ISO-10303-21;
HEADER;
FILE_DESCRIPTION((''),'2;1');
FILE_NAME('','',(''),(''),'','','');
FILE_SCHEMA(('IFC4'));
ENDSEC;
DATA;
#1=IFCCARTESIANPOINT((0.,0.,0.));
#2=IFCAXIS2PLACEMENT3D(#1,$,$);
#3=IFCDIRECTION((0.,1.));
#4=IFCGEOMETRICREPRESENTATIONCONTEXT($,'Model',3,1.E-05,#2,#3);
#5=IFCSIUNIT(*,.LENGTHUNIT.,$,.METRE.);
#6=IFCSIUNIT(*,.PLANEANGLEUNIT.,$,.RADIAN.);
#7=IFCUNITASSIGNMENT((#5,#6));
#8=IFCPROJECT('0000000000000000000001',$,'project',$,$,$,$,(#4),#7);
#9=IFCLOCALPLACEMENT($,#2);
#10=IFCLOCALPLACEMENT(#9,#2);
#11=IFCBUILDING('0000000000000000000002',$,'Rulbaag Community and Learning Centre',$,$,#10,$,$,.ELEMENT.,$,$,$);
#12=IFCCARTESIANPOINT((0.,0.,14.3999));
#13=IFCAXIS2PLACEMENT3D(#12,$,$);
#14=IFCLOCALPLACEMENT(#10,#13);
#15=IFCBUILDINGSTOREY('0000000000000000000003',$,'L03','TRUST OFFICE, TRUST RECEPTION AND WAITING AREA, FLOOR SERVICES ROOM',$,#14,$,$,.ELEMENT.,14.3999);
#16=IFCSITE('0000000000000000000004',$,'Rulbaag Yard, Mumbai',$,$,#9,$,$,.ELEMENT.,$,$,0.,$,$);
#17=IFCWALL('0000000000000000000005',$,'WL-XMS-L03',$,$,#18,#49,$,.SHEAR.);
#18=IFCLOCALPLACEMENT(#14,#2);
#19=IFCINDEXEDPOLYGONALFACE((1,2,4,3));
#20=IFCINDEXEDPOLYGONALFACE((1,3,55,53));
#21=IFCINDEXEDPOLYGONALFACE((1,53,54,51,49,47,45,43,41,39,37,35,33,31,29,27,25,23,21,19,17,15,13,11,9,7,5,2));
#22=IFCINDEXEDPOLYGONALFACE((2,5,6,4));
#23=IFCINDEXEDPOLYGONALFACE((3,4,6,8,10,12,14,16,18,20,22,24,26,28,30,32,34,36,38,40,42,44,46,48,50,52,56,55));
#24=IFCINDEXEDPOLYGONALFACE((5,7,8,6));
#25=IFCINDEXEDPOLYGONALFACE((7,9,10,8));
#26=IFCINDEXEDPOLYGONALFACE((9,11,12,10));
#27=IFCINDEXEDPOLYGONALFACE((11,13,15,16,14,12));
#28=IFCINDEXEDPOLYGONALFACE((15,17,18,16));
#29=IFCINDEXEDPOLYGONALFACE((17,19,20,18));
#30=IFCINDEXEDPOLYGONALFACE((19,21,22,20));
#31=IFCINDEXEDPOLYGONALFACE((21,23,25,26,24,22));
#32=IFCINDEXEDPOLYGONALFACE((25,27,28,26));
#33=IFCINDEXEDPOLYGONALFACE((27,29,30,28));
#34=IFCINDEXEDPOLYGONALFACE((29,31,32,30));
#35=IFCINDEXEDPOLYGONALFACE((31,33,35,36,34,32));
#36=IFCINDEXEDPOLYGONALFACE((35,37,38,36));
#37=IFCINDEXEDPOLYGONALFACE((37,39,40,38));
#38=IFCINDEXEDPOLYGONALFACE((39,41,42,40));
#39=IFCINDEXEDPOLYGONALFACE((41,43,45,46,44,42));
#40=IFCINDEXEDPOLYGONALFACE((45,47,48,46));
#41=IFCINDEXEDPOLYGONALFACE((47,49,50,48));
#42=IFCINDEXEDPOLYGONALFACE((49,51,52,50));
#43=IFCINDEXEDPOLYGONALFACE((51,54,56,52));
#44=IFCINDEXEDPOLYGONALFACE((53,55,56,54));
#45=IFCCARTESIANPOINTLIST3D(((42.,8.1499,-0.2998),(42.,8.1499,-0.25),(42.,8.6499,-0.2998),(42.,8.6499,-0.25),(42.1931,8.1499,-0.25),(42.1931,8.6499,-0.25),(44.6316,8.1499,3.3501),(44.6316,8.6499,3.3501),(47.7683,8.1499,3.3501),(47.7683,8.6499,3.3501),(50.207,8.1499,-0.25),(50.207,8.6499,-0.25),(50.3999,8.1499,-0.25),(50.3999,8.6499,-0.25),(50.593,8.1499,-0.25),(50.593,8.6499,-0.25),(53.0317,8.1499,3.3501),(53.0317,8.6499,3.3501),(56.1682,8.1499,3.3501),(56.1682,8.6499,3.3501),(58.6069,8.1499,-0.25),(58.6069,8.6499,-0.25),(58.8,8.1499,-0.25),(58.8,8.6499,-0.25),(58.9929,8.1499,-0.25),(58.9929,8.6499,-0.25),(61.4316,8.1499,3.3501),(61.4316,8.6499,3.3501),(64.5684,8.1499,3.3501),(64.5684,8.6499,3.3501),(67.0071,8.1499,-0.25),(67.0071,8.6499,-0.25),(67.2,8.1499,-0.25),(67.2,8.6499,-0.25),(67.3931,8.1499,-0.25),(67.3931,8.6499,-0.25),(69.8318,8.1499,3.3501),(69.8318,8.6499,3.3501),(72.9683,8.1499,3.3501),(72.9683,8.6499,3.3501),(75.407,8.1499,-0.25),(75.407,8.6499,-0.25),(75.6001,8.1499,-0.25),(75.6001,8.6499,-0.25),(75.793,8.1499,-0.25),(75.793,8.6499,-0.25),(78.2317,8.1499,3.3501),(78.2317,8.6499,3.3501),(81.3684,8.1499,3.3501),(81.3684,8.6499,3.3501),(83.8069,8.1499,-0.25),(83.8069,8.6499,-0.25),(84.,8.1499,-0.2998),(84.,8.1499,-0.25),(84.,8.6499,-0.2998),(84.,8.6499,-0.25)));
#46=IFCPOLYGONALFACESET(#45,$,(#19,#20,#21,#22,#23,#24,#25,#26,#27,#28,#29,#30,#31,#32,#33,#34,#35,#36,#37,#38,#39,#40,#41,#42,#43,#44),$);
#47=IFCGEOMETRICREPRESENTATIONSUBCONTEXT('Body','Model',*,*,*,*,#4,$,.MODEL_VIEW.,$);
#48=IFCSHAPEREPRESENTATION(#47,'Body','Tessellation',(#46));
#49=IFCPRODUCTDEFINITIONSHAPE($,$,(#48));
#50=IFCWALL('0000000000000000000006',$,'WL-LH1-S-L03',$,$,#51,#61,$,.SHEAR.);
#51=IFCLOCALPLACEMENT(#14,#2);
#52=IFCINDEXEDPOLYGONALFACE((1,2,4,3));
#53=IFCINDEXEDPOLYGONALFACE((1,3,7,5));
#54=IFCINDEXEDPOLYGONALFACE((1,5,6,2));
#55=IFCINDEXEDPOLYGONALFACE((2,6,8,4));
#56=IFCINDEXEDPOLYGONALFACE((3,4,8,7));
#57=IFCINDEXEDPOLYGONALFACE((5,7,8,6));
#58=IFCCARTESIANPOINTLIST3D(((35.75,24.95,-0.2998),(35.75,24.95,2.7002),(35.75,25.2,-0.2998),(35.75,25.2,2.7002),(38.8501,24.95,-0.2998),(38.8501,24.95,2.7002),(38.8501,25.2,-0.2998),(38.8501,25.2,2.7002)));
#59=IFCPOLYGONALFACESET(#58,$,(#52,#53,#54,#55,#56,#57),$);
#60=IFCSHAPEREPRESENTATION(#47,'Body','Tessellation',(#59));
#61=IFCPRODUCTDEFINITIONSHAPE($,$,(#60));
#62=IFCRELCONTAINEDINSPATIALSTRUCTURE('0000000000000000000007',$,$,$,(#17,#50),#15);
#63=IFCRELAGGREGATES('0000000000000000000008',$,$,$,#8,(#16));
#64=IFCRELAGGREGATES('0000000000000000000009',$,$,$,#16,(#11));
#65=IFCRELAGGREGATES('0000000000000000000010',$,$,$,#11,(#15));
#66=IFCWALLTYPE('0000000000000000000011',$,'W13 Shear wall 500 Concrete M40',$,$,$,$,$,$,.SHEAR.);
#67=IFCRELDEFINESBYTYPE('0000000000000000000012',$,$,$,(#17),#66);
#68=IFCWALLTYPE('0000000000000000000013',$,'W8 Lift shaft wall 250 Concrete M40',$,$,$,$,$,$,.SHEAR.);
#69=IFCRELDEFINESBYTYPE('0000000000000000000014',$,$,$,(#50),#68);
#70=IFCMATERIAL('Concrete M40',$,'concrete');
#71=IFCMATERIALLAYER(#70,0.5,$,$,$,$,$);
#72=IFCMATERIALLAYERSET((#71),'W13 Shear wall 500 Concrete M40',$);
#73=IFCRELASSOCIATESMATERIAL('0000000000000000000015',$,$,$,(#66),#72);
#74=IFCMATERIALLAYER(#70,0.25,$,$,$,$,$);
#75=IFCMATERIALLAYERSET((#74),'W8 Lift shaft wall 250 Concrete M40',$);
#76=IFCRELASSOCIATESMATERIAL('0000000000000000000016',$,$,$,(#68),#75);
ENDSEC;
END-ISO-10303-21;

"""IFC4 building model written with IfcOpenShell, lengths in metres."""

from ifc_helpers import new_model, si_unit, direction, frame, frame_2d, origin, place, context, subcontext, project, spatial, polyline, rectangle, outline, extrude, material, layer, layer_set, type_object, element, save


model = new_model("IFC4")

# Units and contexts
model_context = context("Model", 3, precision=1e-05, world=origin(), true_north=direction((0.0, 1.0)))
body_context = subcontext(model_context, "Body", "Model", "MODEL_VIEW")
ifc_project = project(units=[si_unit("LENGTHUNIT", "METRE"), si_unit("PLANEANGLEUNIT", "RADIAN")], contexts=[model_context])

# Site, building, storey
site_placement = place(None, origin())
site = spatial("IfcSite", under=ifc_project, at=site_placement, Name="Rulbaag Yard, Mumbai", CompositionType="ELEMENT", RefElevation=0.0)
building_placement = place(site_placement, origin())
building = spatial("IfcBuilding", under=site, at=building_placement, Name="Rulbaag Community and Learning Centre", CompositionType="ELEMENT")
storey_placement = place(building_placement, frame((0.0, 0.0, 14.3999)))
storey = spatial("IfcBuildingStorey", under=building, at=storey_placement, Name="L03", Description="TRUST OFFICE, TRUST RECEPTION AND WAITING AREA, FLOOR SERVICES ROOM", CompositionType="ELEMENT", Elevation=14.3999)

# Shared definitions
ifc_material_1 = material(Name="Concrete M40", Category="concrete")

# Walls
ifc_layer_1 = layer(ifc_material_1, 0.5)
ifc_layer_set_1 = layer_set([ifc_layer_1], Name="W13 Shear wall 500 Concrete M40")
wall_type_1 = type_object("IfcWallType", Name="W13 Shear wall 500 Concrete M40", PredefinedType="SHEAR", material=ifc_layer_set_1)
wall_1_placement = place(storey_placement, frame((42.0, 8.3999, -0.2998), z_axis=(0.0, 0.0, 1.0), x_axis=(1.0, 0.0, 0.0)))
element("IfcWall", 1, at=wall_1_placement, inside=storey, type_object=wall_type_1, Name="WL-XMS-L03", PredefinedType="SHEAR", context=body_context, shape_type="SweptSolid", body=[
    extrude(outline(polyline([(0.0, 0.0), (42.0, 0.0), (42.0, 0.0498), (41.8069, 0.0498), (39.3684, 3.6499), (36.2317, 3.6499), (33.793, 0.0498), (33.6001, 0.0498), (33.407, 0.0498), (30.9683, 3.6499), (27.8318, 3.6499), (25.3931, 0.0498), (25.2, 0.0498), (25.0071, 0.0498), (22.5684, 3.6499), (19.4316, 3.6499), (16.9929, 0.0498), (16.8, 0.0498), (16.6069, 0.0498), (14.1682, 3.6499), (11.0317, 3.6499), (8.593, 0.0498), (8.3999, 0.0498), (8.207, 0.0498), (5.7683, 3.6499), (2.6316, 3.6499), (0.1931, 0.0498), (0.0, 0.0498), (0.0, 0.0)])), frame((0.0, 0.25, 0.0), z_axis=(0.0, -1.0, 0.0), x_axis=(1.0, 0.0, 0.0)), (0.0, 0.0, 1.0), 0.5),
])
ifc_layer_2 = layer(ifc_material_1, 0.25)
ifc_layer_set_2 = layer_set([ifc_layer_2], Name="W8 Lift shaft wall 250 Concrete M40")
wall_type_2 = type_object("IfcWallType", Name="W8 Lift shaft wall 250 Concrete M40", PredefinedType="SHEAR", material=ifc_layer_set_2)
wall_2_placement = place(storey_placement, frame((35.75, 25.075, -0.2998), z_axis=(0.0, 0.0, 1.0), x_axis=(1.0, 0.0, 0.0)))
element("IfcWall", 2, at=wall_2_placement, inside=storey, type_object=wall_type_2, Name="WL-LH1-S-L03", PredefinedType="SHEAR", context=body_context, shape_type="SweptSolid", body=[
    extrude(rectangle(XDim=3.1001, YDim=0.25, at=frame_2d((1.55, 0.0))), origin(), (0.0, 0.0, 1.0), 3.0),
])

save(model, "model.ifc")
